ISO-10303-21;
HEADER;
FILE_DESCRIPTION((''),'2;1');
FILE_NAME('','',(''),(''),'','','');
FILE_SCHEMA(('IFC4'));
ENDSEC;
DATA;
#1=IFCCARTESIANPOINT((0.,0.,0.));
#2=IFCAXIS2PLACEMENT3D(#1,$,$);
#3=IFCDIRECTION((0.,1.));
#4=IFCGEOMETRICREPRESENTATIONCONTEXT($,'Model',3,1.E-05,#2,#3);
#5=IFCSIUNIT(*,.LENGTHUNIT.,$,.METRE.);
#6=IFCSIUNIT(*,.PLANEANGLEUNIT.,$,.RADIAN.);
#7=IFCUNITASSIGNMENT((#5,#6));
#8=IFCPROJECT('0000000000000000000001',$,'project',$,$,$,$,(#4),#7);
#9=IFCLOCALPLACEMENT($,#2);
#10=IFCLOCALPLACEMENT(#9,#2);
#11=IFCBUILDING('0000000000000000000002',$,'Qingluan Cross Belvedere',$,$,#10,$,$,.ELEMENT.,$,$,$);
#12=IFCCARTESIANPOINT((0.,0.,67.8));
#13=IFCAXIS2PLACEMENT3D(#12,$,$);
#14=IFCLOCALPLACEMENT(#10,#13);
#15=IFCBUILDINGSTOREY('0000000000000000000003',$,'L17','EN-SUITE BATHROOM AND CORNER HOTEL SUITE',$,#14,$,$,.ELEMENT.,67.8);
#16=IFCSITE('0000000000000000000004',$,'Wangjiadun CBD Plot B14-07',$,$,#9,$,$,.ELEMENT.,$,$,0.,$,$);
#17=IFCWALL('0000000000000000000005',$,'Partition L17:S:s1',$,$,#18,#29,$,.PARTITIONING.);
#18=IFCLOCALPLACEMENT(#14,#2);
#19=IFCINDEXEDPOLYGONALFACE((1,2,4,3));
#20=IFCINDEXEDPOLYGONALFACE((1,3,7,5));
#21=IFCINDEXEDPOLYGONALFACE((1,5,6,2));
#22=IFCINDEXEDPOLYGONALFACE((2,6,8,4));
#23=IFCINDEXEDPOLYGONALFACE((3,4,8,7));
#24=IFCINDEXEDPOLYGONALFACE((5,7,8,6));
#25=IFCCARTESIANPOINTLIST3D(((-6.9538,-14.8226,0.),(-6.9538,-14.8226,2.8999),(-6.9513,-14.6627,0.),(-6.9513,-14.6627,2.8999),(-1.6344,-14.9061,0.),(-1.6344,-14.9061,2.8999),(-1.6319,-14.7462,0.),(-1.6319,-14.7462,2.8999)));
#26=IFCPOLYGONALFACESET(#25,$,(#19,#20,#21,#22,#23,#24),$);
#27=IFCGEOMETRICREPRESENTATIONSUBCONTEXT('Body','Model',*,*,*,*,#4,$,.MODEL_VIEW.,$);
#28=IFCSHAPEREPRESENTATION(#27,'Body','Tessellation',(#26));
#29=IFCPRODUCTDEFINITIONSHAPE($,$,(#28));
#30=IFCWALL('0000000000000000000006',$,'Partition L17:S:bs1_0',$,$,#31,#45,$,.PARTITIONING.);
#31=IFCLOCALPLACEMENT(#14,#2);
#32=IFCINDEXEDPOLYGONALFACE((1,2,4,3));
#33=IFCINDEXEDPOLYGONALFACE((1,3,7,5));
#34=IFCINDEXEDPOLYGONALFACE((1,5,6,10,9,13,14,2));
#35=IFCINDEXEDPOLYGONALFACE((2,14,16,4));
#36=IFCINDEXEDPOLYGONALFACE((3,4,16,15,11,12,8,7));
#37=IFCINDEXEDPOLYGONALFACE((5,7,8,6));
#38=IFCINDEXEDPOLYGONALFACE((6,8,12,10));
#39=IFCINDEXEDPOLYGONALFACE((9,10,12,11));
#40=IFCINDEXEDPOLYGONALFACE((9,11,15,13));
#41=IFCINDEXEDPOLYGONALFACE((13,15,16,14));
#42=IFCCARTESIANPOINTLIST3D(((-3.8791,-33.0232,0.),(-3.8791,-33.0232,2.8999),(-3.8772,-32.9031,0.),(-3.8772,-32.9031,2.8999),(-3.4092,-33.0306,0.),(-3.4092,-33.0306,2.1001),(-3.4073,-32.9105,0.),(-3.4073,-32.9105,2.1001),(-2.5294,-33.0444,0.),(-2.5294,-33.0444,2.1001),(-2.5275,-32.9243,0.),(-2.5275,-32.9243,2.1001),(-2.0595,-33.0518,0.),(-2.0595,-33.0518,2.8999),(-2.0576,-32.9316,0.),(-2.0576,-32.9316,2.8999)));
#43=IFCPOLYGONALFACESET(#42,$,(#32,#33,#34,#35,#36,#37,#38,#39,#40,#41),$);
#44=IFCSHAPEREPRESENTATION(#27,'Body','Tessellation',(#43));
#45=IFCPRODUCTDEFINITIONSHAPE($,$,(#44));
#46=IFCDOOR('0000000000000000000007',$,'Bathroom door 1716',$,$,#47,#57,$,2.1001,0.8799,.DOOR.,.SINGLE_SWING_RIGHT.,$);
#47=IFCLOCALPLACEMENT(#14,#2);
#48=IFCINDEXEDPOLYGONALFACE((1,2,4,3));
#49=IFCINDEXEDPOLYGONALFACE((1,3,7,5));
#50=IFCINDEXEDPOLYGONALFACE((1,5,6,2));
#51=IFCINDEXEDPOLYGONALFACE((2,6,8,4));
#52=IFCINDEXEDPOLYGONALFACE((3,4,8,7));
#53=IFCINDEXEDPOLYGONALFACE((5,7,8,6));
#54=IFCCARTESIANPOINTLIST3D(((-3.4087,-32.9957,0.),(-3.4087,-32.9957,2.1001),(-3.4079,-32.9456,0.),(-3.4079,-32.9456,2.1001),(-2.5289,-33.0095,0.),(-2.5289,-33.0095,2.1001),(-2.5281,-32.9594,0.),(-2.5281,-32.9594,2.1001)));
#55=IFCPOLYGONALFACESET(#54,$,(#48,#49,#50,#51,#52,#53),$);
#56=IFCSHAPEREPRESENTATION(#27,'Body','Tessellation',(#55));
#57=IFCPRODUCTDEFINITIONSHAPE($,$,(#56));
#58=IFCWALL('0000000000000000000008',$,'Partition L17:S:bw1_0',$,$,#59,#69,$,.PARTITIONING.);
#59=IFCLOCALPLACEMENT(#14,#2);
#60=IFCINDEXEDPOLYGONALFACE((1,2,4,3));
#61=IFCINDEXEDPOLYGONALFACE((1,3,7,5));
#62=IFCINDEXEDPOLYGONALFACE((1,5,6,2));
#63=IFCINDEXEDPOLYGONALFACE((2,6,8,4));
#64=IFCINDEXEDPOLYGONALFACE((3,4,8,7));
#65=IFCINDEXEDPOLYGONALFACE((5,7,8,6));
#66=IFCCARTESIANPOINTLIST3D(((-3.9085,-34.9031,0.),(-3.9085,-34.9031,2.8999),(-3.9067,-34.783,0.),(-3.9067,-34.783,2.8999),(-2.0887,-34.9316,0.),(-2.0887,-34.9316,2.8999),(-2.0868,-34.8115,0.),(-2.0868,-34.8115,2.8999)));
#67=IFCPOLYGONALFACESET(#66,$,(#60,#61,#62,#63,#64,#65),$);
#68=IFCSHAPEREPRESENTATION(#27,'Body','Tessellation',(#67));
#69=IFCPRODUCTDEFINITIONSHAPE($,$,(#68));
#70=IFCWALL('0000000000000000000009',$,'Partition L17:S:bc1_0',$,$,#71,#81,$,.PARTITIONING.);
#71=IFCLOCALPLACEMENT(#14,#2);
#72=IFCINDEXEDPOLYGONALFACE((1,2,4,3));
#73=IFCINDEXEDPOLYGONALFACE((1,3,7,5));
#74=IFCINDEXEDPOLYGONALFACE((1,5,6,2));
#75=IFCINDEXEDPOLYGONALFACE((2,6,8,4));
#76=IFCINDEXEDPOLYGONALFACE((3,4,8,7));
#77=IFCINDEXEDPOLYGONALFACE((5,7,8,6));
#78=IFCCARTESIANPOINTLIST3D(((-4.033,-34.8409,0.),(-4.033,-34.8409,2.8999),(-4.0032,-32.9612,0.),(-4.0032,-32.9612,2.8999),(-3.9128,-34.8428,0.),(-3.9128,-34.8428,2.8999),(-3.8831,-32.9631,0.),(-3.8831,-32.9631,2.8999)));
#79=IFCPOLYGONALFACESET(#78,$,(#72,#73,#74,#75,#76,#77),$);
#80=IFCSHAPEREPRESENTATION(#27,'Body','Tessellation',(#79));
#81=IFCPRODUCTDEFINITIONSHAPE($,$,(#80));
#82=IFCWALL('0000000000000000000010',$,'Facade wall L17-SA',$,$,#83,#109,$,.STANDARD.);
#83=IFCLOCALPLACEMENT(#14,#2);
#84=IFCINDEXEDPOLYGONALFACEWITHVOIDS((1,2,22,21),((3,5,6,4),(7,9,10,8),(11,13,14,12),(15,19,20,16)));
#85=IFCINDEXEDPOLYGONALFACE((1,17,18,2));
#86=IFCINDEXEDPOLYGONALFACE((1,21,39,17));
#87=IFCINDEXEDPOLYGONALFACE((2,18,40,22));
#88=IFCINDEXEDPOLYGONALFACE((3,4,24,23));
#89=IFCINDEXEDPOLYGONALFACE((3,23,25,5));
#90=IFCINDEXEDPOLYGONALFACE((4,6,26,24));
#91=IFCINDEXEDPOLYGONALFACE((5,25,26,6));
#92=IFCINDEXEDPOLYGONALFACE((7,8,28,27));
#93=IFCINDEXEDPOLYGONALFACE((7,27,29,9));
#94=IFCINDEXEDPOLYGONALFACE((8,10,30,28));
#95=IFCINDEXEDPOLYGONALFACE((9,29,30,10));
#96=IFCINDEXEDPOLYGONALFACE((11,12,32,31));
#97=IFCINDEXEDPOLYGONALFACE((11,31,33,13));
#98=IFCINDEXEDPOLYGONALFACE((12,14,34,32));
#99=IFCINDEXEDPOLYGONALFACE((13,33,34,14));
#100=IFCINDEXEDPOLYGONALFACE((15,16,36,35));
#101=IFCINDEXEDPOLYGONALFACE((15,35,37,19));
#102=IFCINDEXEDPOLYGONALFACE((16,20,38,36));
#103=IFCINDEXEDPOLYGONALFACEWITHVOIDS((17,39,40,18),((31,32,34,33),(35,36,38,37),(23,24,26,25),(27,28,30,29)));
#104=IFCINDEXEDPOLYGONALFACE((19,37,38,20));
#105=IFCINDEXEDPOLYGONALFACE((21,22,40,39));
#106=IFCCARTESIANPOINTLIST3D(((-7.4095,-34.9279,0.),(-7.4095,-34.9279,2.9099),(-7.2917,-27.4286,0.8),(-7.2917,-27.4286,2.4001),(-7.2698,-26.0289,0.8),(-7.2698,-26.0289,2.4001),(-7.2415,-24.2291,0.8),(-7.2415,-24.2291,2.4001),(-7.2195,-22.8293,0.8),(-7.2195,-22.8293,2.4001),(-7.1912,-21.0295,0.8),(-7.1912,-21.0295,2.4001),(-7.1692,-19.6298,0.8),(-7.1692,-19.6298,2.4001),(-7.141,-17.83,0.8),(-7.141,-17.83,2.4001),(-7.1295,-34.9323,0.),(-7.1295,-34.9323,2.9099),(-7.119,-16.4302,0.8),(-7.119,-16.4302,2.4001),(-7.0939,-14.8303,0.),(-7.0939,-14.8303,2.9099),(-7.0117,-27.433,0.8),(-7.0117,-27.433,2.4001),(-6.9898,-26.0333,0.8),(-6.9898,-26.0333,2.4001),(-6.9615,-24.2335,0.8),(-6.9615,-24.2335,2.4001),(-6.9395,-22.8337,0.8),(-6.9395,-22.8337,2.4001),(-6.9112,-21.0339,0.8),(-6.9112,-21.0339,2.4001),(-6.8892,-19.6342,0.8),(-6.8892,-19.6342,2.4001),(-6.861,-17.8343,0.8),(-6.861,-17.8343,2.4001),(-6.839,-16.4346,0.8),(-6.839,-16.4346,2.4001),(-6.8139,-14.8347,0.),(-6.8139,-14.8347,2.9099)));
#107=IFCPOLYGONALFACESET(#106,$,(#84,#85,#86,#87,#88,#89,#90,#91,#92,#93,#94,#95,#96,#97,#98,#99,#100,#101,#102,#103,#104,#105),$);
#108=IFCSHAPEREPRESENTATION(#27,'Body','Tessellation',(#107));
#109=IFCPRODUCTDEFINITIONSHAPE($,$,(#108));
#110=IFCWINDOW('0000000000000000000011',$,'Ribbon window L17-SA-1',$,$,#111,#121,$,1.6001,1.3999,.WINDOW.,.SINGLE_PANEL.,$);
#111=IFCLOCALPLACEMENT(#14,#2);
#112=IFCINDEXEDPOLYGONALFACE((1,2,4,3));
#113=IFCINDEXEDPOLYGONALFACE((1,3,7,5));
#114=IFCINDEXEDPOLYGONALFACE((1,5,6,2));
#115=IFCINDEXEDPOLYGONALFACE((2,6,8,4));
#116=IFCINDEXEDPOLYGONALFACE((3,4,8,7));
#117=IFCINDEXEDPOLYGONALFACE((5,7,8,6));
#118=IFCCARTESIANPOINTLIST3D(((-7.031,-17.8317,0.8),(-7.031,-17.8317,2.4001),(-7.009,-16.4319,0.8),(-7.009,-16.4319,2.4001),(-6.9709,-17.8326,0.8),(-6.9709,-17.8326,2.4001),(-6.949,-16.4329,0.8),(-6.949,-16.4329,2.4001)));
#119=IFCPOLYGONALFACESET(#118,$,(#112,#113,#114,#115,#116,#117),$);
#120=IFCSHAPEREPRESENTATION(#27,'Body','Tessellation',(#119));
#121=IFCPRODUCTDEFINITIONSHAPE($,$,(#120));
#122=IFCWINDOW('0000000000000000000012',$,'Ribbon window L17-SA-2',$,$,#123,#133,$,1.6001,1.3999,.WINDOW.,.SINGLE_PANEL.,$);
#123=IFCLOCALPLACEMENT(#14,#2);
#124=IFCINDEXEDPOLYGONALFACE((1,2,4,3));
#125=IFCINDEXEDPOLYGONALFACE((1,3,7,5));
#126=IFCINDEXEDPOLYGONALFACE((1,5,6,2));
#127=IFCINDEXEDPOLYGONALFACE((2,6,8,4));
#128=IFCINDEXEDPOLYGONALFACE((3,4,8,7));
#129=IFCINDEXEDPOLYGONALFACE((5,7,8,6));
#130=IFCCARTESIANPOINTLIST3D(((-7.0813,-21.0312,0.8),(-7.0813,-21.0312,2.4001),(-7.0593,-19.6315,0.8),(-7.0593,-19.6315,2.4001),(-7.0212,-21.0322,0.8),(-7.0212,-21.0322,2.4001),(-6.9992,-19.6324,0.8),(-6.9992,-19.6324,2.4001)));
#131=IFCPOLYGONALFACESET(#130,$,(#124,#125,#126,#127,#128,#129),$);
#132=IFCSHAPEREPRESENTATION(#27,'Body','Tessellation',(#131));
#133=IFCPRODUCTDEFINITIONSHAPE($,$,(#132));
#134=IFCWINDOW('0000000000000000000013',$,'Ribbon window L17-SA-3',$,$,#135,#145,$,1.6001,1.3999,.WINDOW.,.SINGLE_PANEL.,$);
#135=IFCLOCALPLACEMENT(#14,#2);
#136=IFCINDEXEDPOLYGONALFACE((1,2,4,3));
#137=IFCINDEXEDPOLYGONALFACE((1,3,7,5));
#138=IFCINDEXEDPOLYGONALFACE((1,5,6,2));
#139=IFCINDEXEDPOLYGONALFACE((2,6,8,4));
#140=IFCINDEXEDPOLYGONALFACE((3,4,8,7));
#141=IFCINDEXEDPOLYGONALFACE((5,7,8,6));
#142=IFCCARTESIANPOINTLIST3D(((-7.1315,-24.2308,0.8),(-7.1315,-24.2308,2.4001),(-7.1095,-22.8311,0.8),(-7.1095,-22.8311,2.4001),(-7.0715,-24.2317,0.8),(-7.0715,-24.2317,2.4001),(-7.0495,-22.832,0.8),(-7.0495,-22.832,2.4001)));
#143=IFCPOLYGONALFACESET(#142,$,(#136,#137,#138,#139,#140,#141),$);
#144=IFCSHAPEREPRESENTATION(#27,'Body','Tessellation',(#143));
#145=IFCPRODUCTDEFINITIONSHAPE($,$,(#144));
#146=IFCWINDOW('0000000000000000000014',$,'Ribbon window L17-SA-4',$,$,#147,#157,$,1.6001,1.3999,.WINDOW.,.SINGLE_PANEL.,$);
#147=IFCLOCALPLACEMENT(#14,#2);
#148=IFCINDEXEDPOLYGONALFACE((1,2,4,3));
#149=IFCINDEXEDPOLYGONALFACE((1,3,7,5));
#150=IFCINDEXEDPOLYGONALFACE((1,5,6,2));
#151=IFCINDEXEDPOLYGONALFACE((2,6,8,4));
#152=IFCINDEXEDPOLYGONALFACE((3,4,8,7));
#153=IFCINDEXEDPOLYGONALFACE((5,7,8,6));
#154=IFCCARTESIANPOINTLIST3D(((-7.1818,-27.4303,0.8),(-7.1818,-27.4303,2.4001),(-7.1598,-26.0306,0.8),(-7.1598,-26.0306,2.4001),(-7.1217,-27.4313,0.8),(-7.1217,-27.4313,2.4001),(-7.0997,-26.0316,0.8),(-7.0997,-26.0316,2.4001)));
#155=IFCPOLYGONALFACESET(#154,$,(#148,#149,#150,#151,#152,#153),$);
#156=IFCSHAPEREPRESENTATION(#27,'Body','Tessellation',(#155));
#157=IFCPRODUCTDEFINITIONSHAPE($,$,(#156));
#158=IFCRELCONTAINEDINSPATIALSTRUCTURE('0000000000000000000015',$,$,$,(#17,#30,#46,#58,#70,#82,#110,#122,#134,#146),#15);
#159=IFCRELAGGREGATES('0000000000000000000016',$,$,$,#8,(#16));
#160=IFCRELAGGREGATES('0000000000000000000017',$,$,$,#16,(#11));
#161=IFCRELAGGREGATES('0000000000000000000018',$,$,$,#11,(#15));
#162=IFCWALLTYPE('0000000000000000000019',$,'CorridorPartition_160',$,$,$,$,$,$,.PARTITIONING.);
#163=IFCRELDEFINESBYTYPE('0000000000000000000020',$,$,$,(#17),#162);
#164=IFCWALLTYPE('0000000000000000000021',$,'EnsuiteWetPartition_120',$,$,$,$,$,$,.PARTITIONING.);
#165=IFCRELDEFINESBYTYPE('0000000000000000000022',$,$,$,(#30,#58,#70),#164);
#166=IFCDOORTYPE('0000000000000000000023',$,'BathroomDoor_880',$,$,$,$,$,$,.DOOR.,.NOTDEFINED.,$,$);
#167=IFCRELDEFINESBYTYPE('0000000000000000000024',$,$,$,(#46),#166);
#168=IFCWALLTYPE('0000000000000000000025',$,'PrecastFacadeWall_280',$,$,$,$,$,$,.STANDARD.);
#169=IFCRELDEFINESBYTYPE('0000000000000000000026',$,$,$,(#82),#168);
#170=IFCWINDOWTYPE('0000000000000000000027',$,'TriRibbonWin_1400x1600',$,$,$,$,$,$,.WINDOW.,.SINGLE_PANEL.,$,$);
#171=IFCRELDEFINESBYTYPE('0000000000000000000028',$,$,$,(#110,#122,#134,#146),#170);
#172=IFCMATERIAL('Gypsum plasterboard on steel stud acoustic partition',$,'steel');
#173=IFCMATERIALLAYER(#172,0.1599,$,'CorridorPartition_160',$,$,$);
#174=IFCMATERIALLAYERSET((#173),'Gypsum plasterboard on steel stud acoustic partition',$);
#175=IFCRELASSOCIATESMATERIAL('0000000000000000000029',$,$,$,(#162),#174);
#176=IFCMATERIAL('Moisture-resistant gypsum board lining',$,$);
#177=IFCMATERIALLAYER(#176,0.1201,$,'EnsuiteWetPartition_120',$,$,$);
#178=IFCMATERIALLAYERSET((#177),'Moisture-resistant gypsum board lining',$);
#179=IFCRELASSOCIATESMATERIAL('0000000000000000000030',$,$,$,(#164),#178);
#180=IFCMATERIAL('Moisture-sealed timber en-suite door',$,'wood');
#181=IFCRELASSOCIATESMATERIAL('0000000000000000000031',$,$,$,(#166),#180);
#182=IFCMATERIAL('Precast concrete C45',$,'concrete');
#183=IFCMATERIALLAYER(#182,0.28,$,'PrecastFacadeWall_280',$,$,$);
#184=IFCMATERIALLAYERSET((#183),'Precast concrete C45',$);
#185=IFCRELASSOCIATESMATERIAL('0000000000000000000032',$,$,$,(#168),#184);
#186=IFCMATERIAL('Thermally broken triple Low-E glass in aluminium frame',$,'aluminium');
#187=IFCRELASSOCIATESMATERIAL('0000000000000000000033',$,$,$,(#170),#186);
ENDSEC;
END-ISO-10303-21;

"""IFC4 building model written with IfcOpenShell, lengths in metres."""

from ifc_helpers import new_model, si_unit, direction, frame, frame_2d, origin, place, context, subcontext, project, spatial, rectangle, extrude, material, layer, layer_set, type_object, element, fill, save


model = new_model("IFC4")

# Units and contexts
model_context = context("Model", 3, precision=1e-05, world=origin(), true_north=direction((0.0, 1.0)))
body_context = subcontext(model_context, "Body", "Model", "MODEL_VIEW")
ifc_project = project(units=[si_unit("LENGTHUNIT", "METRE"), si_unit("PLANEANGLEUNIT", "RADIAN")], contexts=[model_context])

# Site, building, storey
site_placement = place(None, origin())
site = spatial("IfcSite", under=ifc_project, at=site_placement, Name="Wangjiadun CBD Plot B14-07", CompositionType="ELEMENT", RefElevation=0.0)
building_placement = place(site_placement, origin())
building = spatial("IfcBuilding", under=site, at=building_placement, Name="Qingluan Cross Belvedere", CompositionType="ELEMENT")
storey_placement = place(building_placement, frame((0.0, 0.0, 67.8)))
storey = spatial("IfcBuildingStorey", under=building, at=storey_placement, Name="L17", Description="EN-SUITE BATHROOM AND CORNER HOTEL SUITE", CompositionType="ELEMENT", Elevation=67.8)

# Shared definitions
ifc_material_1 = material(Name="Gypsum plasterboard on steel stud acoustic partition", Category="steel")
ifc_layer_1 = layer(ifc_material_1, 0.1599, Name="CorridorPartition_160")
ifc_layer_set_1 = layer_set([ifc_layer_1], Name="Gypsum plasterboard on steel stud acoustic partition")
wall_type_1 = type_object("IfcWallType", Name="CorridorPartition_160", PredefinedType="PARTITIONING", material=ifc_layer_set_1)

# Wall
wall_1_placement = place(storey_placement, frame((-1.6331, -14.8262, 0.0), z_axis=(0.0, 0.0, 1.0), x_axis=(-0.999877, 0.015695, 0.0)))
element("IfcWall", 1, at=wall_1_placement, inside=storey, type_object=wall_type_1, Name="Partition L17:S:s1", PredefinedType="PARTITIONING", context=body_context, shape_type="SweptSolid", body=[
    extrude(rectangle(XDim=5.3201, YDim=0.1599, at=frame_2d((2.6602, 0.0))), origin(), (0.0, 0.0, 1.0), 2.8999),
])

# Wall, opening, door
ifc_material_2 = material(Name="Moisture-resistant gypsum board lining")
ifc_layer_2 = layer(ifc_material_2, 0.1201, Name="EnsuiteWetPartition_120")
ifc_layer_set_2 = layer_set([ifc_layer_2], Name="Moisture-resistant gypsum board lining")
wall_type_2 = type_object("IfcWallType", Name="EnsuiteWetPartition_120", PredefinedType="PARTITIONING", material=ifc_layer_set_2)
wall_2_placement = place(storey_placement, frame((-3.8782, -32.9631, 0.0), z_axis=(0.0, 0.0, 1.0), x_axis=(0.999877, -0.015696, 0.0)))
wall_2 = element("IfcWall", 2, at=wall_2_placement, inside=storey, type_object=wall_type_2, Name="Partition L17:S:bs1_0", PredefinedType="PARTITIONING", context=body_context, shape_type="SweptSolid", body=[
    extrude(rectangle(XDim=1.8198, YDim=0.1201, at=frame_2d((0.9099, 0.0))), origin(), (0.0, 0.0, 1.0), 2.8999),
])
opening_1_placement = place(wall_2_placement, frame((0.47, 0.0, 0.0)))
opening_1 = element("IfcOpeningElement", 3, at=opening_1_placement, cuts=wall_2, PredefinedType="OPENING", context=body_context, shape_type="SweptSolid", body=[
    extrude(rectangle(XDim=0.8799, YDim=2.1001, at=frame_2d((0.4399, 1.05))), frame((0.0, 0.0701, 0.0), z_axis=(0.0, -1.0, 0.0), x_axis=(1.0, 0.0, 0.0)), (0.0, 0.0, 1.0), 0.1401),
])
ifc_material_3 = material(Name="Moisture-sealed timber en-suite door", Category="wood")
door_type_1 = type_object("IfcDoorType", Name="BathroomDoor_880", OperationType="NOTDEFINED", PredefinedType="DOOR", material=ifc_material_3)
door_1_placement = place(opening_1_placement, origin())
door_1 = element("IfcDoor", 4, at=door_1_placement, inside=storey, type_object=door_type_1, Name="Bathroom door 1716", OperationType="SINGLE_SWING_RIGHT", OverallHeight=2.1001, OverallWidth=0.8799, PredefinedType="DOOR", context=body_context, shape_type="SweptSolid", body=[
    extrude(rectangle(XDim=0.8799, YDim=2.1001, at=frame_2d((0.4399, 1.05))), frame((0.0, 0.0249, 0.0), z_axis=(0.0, -1.0, 0.0), x_axis=(1.0, 0.0, 0.0)), (0.0, 0.0, 1.0), 0.05),
])
fill(opening_1, door_1)

# Walls
wall_3_placement = place(storey_placement, frame((-3.9077, -34.843, 0.0), z_axis=(0.0, 0.0, 1.0), x_axis=(0.999877, -0.015694, 0.0)))
element("IfcWall", 5, at=wall_3_placement, inside=storey, type_object=wall_type_2, Name="Partition L17:S:bw1_0", PredefinedType="PARTITIONING", context=body_context, shape_type="SweptSolid", body=[
    extrude(rectangle(XDim=1.8201, YDim=0.1201, at=frame_2d((0.9102, 0.0))), origin(), (0.0, 0.0, 1.0), 2.8999),
])
wall_4_placement = place(storey_placement, frame((-3.9431, -32.9622, 0.0), z_axis=(0.0, 0.0, 1.0), x_axis=(-0.015844, -0.999874, 0.0)))
element("IfcWall", 6, at=wall_4_placement, inside=storey, type_object=wall_type_2, Name="Partition L17:S:bc1_0", PredefinedType="PARTITIONING", context=body_context, shape_type="SweptSolid", body=[
    extrude(rectangle(XDim=1.8799, YDim=0.1201, at=frame_2d((0.9399, 0.0))), origin(), (0.0, 0.0, 1.0), 2.8999),
])

# Wall, openings, windows
ifc_material_4 = material(Name="Precast concrete C45", Category="concrete")
ifc_layer_3 = layer(ifc_material_4, 0.28, Name="PrecastFacadeWall_280")
ifc_layer_set_3 = layer_set([ifc_layer_3], Name="Precast concrete C45")
wall_type_3 = type_object("IfcWallType", Name="PrecastFacadeWall_280", PredefinedType="STANDARD", material=ifc_layer_set_3)
wall_5_placement = place(storey_placement, frame((-6.9539, -14.8325, 0.0), z_axis=(0.0, 0.0, 1.0), x_axis=(-0.015705, -0.999877, 0.0)))
wall_5 = element("IfcWall", 7, at=wall_5_placement, inside=storey, type_object=wall_type_3, Name="Facade wall L17-SA", PredefinedType="STANDARD", context=body_context, shape_type="SweptSolid", body=[
    extrude(rectangle(XDim=20.1001, YDim=0.28, at=frame_2d((10.05, 0.0))), origin(), (0.0, 0.0, 1.0), 2.9099),
])
opening_2_placement = place(wall_5_placement, frame((1.6001, 0.0, 0.8)))
opening_2 = element("IfcOpeningElement", 8, at=opening_2_placement, cuts=wall_5, PredefinedType="OPENING", context=body_context, shape_type="SweptSolid", body=[
    extrude(rectangle(XDim=1.3999, YDim=1.6001, at=frame_2d((0.7, 0.8))), frame((0.0, 0.1499, 0.0), z_axis=(0.0, -1.0, 0.0), x_axis=(1.0, 0.0, 0.0)), (0.0, 0.0, 1.0), 0.3),
])
opening_3_placement = place(wall_5_placement, frame((4.8, 0.0, 0.8)))
opening_3 = element("IfcOpeningElement", 9, at=opening_3_placement, cuts=wall_5, PredefinedType="OPENING", context=body_context, shape_type="SweptSolid", body=[
    extrude(rectangle(XDim=1.3999, YDim=1.6001, at=frame_2d((0.7, 0.8))), frame((0.0, 0.1499, 0.0), z_axis=(0.0, -1.0, 0.0), x_axis=(1.0, 0.0, 0.0)), (0.0, 0.0, 1.0), 0.3),
])
opening_4_placement = place(wall_5_placement, frame((8.0, 0.0, 0.8)))
opening_4 = element("IfcOpeningElement", 10, at=opening_4_placement, cuts=wall_5, PredefinedType="OPENING", context=body_context, shape_type="SweptSolid", body=[
    extrude(rectangle(XDim=1.3999, YDim=1.6001, at=frame_2d((0.7, 0.8))), frame((0.0, 0.1499, 0.0), z_axis=(0.0, -1.0, 0.0), x_axis=(1.0, 0.0, 0.0)), (0.0, 0.0, 1.0), 0.3),
])
opening_5_placement = place(wall_5_placement, frame((11.2, 0.0, 0.8)))
opening_5 = element("IfcOpeningElement", 11, at=opening_5_placement, cuts=wall_5, PredefinedType="OPENING", context=body_context, shape_type="SweptSolid", body=[
    extrude(rectangle(XDim=1.3999, YDim=1.6001, at=frame_2d((0.7, 0.8))), frame((0.0, 0.1499, 0.0), z_axis=(0.0, -1.0, 0.0), x_axis=(1.0, 0.0, 0.0)), (0.0, 0.0, 1.0), 0.3),
])
ifc_material_5 = material(Name="Thermally broken triple Low-E glass in aluminium frame", Category="aluminium")
window_type_1 = type_object("IfcWindowType", Name="TriRibbonWin_1400x1600", PartitioningType="SINGLE_PANEL", PredefinedType="WINDOW", material=ifc_material_5)
window_1_placement = place(opening_2_placement, origin())
window_1 = element("IfcWindow", 12, at=window_1_placement, inside=storey, type_object=window_type_1, Name="Ribbon window L17-SA-1", OverallHeight=1.6001, OverallWidth=1.3999, PartitioningType="SINGLE_PANEL", PredefinedType="WINDOW", context=body_context, shape_type="SweptSolid", body=[
    extrude(rectangle(XDim=1.3999, YDim=1.6001, at=frame_2d((0.7, 0.8))), frame((0.0, 0.03, 0.0), z_axis=(0.0, -1.0, 0.0), x_axis=(1.0, 0.0, 0.0)), (0.0, 0.0, 1.0), 0.0601),
])
fill(opening_2, window_1)
window_2_placement = place(opening_3_placement, origin())
window_2 = element("IfcWindow", 13, at=window_2_placement, inside=storey, type_object=window_type_1, Name="Ribbon window L17-SA-2", OverallHeight=1.6001, OverallWidth=1.3999, PartitioningType="SINGLE_PANEL", PredefinedType="WINDOW", context=body_context, shape_type="SweptSolid", body=[
    extrude(rectangle(XDim=1.3999, YDim=1.6001, at=frame_2d((0.7, 0.8))), frame((0.0, 0.03, 0.0), z_axis=(0.0, -1.0, 0.0), x_axis=(1.0, 0.0, 0.0)), (0.0, 0.0, 1.0), 0.0601),
])
fill(opening_3, window_2)
window_3_placement = place(opening_4_placement, origin())
window_3 = element("IfcWindow", 14, at=window_3_placement, inside=storey, type_object=window_type_1, Name="Ribbon window L17-SA-3", OverallHeight=1.6001, OverallWidth=1.3999, PartitioningType="SINGLE_PANEL", PredefinedType="WINDOW", context=body_context, shape_type="SweptSolid", body=[
    extrude(rectangle(XDim=1.3999, YDim=1.6001, at=frame_2d((0.7, 0.8))), frame((0.0, 0.03, 0.0), z_axis=(0.0, -1.0, 0.0), x_axis=(1.0, 0.0, 0.0)), (0.0, 0.0, 1.0), 0.0601),
])
fill(opening_4, window_3)
window_4_placement = place(opening_5_placement, origin())
window_4 = element("IfcWindow", 15, at=window_4_placement, inside=storey, type_object=window_type_1, Name="Ribbon window L17-SA-4", OverallHeight=1.6001, OverallWidth=1.3999, PartitioningType="SINGLE_PANEL", PredefinedType="WINDOW", context=body_context, shape_type="SweptSolid", body=[
    extrude(rectangle(XDim=1.3999, YDim=1.6001, at=frame_2d((0.7, 0.8))), frame((0.0, 0.03, 0.0), z_axis=(0.0, -1.0, 0.0), x_axis=(1.0, 0.0, 0.0)), (0.0, 0.0, 1.0), 0.0601),
])
fill(opening_5, window_4)

save(model, "model.ifc")
